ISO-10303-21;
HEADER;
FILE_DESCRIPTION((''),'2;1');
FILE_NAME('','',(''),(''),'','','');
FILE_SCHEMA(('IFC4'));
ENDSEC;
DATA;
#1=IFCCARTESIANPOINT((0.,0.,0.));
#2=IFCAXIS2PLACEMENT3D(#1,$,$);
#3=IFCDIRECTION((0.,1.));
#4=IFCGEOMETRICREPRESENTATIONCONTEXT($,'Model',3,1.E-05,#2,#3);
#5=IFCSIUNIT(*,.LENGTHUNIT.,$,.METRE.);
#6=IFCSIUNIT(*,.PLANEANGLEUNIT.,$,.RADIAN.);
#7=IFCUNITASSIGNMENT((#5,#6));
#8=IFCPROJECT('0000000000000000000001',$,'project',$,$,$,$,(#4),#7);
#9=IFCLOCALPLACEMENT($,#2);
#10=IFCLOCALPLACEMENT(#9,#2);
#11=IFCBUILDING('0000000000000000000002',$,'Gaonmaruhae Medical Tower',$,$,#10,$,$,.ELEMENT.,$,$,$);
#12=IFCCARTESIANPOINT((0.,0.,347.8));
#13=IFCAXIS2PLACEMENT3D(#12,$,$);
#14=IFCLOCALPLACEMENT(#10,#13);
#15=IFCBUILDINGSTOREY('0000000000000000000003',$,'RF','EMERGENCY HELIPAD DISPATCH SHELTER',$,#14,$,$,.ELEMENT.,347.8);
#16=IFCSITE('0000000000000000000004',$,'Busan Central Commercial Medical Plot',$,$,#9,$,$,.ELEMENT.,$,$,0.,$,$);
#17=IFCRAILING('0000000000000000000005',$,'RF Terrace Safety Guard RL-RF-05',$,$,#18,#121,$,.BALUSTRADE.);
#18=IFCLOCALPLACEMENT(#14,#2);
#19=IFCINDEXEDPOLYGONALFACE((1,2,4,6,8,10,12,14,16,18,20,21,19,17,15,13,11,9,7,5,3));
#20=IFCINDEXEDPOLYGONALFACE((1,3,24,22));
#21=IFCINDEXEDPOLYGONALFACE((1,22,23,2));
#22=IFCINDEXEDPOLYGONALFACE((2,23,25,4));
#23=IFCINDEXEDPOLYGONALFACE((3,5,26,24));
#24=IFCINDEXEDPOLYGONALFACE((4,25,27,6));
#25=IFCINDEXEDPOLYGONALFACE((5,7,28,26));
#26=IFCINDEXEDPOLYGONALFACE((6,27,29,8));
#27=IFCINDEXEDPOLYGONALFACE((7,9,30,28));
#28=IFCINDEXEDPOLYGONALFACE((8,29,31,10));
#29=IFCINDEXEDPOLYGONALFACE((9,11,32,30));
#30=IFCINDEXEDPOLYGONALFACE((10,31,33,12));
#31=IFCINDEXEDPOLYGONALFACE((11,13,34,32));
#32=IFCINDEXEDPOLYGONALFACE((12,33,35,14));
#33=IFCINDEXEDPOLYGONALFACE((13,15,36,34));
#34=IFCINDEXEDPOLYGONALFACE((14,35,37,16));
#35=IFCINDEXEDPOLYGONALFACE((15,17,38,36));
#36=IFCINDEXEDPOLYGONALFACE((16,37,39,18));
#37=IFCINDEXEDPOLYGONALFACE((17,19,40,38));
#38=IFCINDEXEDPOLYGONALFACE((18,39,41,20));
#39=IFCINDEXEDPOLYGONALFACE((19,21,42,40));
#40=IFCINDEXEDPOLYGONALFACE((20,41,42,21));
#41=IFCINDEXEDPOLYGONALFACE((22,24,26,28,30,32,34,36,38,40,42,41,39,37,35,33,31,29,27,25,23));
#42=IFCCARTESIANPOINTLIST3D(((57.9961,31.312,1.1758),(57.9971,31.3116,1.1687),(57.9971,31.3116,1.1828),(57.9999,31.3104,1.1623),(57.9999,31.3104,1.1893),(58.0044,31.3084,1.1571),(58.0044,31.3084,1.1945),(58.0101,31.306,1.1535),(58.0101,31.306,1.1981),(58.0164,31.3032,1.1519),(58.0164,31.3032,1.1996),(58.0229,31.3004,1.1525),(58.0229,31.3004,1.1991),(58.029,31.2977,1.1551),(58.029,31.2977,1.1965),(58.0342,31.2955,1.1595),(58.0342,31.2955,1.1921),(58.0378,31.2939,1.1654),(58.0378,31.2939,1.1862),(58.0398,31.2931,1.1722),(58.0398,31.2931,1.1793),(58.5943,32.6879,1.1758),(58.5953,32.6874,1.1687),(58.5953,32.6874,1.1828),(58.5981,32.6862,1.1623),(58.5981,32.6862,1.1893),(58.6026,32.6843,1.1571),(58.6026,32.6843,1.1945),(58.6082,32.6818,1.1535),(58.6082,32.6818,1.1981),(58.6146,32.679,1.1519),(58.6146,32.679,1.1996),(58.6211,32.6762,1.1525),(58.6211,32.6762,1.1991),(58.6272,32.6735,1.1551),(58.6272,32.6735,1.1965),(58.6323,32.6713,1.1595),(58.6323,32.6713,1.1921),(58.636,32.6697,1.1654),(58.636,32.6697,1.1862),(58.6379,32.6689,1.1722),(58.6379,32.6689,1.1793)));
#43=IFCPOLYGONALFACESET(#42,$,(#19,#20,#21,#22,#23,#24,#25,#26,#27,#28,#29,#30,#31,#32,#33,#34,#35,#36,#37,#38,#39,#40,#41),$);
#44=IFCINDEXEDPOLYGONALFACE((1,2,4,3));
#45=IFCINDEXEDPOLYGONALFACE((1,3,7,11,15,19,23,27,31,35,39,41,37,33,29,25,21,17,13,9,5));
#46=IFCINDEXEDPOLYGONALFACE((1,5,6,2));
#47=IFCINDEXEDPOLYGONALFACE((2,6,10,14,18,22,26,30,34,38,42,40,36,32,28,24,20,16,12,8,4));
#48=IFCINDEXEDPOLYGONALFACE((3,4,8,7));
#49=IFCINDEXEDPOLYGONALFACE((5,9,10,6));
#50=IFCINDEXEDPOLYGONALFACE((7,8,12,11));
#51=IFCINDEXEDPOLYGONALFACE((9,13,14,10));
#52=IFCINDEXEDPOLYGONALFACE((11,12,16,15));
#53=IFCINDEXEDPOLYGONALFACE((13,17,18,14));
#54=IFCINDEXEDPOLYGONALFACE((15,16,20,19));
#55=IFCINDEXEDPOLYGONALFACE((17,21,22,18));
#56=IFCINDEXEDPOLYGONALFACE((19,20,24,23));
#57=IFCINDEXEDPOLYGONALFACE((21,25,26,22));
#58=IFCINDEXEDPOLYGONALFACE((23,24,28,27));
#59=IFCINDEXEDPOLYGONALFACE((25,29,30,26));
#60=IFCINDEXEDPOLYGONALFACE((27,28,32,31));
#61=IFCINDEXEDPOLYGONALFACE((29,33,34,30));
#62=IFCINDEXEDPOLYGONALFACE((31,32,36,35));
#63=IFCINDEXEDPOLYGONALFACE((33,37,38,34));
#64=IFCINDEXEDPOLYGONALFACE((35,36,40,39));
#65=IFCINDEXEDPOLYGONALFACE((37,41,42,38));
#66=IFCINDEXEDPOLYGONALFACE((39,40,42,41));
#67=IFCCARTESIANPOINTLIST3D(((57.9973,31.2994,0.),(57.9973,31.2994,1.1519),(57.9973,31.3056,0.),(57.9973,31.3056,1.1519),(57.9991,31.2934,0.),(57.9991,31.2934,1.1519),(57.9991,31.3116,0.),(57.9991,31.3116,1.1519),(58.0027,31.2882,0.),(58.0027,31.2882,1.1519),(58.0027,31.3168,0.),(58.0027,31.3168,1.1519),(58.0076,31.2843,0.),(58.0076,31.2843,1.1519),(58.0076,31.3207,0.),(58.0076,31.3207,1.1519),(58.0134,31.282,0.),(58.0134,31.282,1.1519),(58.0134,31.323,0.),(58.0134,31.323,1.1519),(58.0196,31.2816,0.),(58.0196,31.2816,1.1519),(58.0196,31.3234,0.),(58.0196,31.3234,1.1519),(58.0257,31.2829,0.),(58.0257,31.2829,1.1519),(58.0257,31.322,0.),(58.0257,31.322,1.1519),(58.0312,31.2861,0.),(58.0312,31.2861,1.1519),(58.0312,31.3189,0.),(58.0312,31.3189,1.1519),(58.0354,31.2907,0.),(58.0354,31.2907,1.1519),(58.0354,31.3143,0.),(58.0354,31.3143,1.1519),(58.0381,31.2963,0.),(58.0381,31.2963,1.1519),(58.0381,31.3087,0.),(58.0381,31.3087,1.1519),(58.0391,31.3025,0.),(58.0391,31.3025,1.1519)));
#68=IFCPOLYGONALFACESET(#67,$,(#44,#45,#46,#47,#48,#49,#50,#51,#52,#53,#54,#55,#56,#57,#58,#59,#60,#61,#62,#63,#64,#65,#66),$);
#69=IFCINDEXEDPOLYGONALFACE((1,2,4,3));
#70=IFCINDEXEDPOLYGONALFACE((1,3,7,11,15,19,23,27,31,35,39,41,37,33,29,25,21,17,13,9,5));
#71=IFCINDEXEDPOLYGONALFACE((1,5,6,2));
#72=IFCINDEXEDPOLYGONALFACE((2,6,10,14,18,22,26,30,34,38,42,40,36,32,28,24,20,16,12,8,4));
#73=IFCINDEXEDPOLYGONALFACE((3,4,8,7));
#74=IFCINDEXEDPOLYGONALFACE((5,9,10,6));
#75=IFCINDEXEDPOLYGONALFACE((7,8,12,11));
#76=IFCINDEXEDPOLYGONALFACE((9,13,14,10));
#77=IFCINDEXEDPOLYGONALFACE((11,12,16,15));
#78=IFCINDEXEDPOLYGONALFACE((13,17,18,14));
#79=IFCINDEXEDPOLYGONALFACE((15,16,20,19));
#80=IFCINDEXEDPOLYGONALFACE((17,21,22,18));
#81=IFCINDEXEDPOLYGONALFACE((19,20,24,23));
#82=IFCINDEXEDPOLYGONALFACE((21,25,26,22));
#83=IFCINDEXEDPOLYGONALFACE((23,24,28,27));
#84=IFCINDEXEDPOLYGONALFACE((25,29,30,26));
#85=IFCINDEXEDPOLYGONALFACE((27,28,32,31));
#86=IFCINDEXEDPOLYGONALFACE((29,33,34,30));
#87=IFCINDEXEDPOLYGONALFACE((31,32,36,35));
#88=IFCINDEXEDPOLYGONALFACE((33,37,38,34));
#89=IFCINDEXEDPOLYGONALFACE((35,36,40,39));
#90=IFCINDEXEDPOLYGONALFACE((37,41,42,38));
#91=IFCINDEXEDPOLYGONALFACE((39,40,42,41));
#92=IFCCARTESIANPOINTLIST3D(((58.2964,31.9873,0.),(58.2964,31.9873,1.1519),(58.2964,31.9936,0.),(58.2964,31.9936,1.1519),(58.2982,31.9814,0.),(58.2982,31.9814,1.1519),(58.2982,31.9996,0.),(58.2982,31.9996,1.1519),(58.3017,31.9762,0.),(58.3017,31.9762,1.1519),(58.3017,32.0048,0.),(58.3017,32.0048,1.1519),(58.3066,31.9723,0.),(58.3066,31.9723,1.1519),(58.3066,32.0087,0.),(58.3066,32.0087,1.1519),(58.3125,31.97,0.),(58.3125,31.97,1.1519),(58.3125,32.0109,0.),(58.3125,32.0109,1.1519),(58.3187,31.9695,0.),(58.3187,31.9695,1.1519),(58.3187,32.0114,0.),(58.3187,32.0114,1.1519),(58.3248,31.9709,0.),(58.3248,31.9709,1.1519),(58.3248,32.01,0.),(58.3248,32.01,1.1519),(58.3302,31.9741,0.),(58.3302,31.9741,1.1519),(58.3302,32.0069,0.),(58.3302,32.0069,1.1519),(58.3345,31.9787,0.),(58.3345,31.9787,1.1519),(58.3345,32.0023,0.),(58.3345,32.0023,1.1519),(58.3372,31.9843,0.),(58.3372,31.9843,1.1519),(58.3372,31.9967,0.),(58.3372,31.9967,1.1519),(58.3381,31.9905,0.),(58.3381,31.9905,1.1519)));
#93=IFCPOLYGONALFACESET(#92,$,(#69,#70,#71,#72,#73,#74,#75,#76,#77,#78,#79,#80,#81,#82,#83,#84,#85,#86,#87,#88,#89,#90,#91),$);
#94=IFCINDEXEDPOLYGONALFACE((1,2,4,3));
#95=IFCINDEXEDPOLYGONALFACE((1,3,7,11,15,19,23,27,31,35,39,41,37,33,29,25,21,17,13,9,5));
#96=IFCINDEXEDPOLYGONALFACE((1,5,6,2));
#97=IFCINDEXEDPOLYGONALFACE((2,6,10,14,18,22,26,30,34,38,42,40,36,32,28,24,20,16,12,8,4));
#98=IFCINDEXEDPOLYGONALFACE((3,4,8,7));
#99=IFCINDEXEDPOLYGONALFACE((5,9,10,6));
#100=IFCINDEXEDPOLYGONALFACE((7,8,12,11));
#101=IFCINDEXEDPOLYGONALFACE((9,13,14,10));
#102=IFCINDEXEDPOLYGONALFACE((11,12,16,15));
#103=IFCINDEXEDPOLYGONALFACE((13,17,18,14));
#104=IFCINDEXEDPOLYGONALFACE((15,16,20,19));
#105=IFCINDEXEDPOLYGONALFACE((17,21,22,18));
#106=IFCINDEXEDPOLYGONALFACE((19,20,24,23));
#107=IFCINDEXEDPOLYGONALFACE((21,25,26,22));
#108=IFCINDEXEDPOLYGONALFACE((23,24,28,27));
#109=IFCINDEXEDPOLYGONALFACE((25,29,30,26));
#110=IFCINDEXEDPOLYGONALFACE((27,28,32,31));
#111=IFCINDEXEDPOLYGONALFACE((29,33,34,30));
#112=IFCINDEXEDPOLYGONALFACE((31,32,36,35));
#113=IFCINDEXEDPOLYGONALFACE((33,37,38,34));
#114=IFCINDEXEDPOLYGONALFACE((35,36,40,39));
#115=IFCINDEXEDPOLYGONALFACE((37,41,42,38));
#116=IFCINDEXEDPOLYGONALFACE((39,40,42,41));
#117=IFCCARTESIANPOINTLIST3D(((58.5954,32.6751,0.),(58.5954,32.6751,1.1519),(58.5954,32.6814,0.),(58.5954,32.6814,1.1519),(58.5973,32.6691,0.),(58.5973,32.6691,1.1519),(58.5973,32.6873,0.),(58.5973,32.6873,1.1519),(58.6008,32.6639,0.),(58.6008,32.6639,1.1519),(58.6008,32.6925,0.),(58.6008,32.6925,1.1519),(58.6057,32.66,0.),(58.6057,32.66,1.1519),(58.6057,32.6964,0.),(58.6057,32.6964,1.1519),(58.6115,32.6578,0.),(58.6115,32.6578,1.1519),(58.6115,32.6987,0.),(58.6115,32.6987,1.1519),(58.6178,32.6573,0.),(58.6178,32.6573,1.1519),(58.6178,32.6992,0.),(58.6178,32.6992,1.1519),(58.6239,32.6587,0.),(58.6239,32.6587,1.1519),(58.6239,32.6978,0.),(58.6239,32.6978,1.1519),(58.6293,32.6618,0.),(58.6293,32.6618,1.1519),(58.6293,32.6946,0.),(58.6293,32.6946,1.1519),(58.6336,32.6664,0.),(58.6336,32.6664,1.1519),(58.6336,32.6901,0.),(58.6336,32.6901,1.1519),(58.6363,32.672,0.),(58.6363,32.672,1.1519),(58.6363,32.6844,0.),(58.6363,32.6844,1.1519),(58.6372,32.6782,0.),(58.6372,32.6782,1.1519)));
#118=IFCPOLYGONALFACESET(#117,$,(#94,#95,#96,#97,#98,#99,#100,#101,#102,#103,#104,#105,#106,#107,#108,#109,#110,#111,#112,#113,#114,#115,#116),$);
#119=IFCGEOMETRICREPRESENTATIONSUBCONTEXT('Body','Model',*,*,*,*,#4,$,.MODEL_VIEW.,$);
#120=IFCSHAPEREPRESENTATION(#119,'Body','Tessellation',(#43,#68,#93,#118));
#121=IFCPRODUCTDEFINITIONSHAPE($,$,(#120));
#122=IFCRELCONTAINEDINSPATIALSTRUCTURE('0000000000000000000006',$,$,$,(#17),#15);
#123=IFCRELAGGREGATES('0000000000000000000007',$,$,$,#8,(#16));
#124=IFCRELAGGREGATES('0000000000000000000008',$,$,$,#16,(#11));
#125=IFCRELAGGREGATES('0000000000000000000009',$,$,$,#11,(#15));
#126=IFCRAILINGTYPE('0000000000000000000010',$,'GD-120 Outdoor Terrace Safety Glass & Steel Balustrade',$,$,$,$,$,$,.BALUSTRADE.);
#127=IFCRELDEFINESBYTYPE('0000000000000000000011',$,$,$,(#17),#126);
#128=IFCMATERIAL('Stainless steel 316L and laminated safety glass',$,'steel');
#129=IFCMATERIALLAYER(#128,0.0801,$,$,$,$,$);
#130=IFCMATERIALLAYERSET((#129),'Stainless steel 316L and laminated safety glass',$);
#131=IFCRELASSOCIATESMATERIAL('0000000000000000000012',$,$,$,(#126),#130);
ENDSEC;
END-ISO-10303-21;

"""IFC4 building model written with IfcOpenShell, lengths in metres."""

from ifc_helpers import new_model, si_unit, direction, frame, origin, origin_2d, place, context, subcontext, project, spatial, circle, extrude, material, layer, layer_set, type_object, element, save


model = new_model("IFC4")

# Units and contexts
model_context = context("Model", 3, precision=1e-05, world=origin(), true_north=direction((0.0, 1.0)))
body_context = subcontext(model_context, "Body", "Model", "MODEL_VIEW")
ifc_project = project(units=[si_unit("LENGTHUNIT", "METRE"), si_unit("PLANEANGLEUNIT", "RADIAN")], contexts=[model_context])

# Site, building, storey
site_placement = place(None, origin())
site = spatial("IfcSite", under=ifc_project, at=site_placement, Name="Busan Central Commercial Medical Plot", CompositionType="ELEMENT", RefElevation=0.0)
building_placement = place(site_placement, origin())
building = spatial("IfcBuilding", under=site, at=building_placement, Name="Gaonmaruhae Medical Tower", CompositionType="ELEMENT")
storey_placement = place(building_placement, frame((0.0, 0.0, 347.8)))
storey = spatial("IfcBuildingStorey", under=building, at=storey_placement, Name="RF", Description="EMERGENCY HELIPAD DISPATCH SHELTER", CompositionType="ELEMENT", Elevation=347.8)

# Railing
ifc_material_1 = material(Name="Stainless steel 316L and laminated safety glass", Category="steel")
ifc_layer_1 = layer(ifc_material_1, 0.0801)
ifc_layer_set_1 = layer_set([ifc_layer_1], Name="Stainless steel 316L and laminated safety glass")
railing_type = type_object("IfcRailingType", Name="GD-120 Outdoor Terrace Safety Glass & Steel Balustrade", PredefinedType="BALUSTRADE", material=ifc_layer_set_1)
railing_1_placement = place(storey_placement, frame((58.0181, 31.3025, 0.0)))
element("IfcRailing", 1, at=railing_1_placement, inside=storey, type_object=railing_type, Name="RF Terrace Safety Guard RL-RF-05", PredefinedType="BALUSTRADE", context=body_context, shape_type="SweptSolid", body=[
    extrude(circle(Radius=0.0239, at=origin_2d()), frame((0.0, 0.0, 1.1758), z_axis=(0.398726, 0.91707, 0.0), x_axis=(-0.91707, 0.398726, 0.0)), (0.0, 0.0, 1.0), 1.5002),
    extrude(circle(Radius=0.021, at=origin_2d()), origin(), (0.0, 0.0, 1.0), 1.1519),
    extrude(circle(Radius=0.021, at=origin_2d()), frame((0.2991, 0.688, 0.0)), (0.0, 0.0, 1.0), 1.1519),
    extrude(circle(Radius=0.021, at=origin_2d()), frame((0.5981, 1.3757, 0.0)), (0.0, 0.0, 1.0), 1.1519),
])

save(model, "model.ifc")
